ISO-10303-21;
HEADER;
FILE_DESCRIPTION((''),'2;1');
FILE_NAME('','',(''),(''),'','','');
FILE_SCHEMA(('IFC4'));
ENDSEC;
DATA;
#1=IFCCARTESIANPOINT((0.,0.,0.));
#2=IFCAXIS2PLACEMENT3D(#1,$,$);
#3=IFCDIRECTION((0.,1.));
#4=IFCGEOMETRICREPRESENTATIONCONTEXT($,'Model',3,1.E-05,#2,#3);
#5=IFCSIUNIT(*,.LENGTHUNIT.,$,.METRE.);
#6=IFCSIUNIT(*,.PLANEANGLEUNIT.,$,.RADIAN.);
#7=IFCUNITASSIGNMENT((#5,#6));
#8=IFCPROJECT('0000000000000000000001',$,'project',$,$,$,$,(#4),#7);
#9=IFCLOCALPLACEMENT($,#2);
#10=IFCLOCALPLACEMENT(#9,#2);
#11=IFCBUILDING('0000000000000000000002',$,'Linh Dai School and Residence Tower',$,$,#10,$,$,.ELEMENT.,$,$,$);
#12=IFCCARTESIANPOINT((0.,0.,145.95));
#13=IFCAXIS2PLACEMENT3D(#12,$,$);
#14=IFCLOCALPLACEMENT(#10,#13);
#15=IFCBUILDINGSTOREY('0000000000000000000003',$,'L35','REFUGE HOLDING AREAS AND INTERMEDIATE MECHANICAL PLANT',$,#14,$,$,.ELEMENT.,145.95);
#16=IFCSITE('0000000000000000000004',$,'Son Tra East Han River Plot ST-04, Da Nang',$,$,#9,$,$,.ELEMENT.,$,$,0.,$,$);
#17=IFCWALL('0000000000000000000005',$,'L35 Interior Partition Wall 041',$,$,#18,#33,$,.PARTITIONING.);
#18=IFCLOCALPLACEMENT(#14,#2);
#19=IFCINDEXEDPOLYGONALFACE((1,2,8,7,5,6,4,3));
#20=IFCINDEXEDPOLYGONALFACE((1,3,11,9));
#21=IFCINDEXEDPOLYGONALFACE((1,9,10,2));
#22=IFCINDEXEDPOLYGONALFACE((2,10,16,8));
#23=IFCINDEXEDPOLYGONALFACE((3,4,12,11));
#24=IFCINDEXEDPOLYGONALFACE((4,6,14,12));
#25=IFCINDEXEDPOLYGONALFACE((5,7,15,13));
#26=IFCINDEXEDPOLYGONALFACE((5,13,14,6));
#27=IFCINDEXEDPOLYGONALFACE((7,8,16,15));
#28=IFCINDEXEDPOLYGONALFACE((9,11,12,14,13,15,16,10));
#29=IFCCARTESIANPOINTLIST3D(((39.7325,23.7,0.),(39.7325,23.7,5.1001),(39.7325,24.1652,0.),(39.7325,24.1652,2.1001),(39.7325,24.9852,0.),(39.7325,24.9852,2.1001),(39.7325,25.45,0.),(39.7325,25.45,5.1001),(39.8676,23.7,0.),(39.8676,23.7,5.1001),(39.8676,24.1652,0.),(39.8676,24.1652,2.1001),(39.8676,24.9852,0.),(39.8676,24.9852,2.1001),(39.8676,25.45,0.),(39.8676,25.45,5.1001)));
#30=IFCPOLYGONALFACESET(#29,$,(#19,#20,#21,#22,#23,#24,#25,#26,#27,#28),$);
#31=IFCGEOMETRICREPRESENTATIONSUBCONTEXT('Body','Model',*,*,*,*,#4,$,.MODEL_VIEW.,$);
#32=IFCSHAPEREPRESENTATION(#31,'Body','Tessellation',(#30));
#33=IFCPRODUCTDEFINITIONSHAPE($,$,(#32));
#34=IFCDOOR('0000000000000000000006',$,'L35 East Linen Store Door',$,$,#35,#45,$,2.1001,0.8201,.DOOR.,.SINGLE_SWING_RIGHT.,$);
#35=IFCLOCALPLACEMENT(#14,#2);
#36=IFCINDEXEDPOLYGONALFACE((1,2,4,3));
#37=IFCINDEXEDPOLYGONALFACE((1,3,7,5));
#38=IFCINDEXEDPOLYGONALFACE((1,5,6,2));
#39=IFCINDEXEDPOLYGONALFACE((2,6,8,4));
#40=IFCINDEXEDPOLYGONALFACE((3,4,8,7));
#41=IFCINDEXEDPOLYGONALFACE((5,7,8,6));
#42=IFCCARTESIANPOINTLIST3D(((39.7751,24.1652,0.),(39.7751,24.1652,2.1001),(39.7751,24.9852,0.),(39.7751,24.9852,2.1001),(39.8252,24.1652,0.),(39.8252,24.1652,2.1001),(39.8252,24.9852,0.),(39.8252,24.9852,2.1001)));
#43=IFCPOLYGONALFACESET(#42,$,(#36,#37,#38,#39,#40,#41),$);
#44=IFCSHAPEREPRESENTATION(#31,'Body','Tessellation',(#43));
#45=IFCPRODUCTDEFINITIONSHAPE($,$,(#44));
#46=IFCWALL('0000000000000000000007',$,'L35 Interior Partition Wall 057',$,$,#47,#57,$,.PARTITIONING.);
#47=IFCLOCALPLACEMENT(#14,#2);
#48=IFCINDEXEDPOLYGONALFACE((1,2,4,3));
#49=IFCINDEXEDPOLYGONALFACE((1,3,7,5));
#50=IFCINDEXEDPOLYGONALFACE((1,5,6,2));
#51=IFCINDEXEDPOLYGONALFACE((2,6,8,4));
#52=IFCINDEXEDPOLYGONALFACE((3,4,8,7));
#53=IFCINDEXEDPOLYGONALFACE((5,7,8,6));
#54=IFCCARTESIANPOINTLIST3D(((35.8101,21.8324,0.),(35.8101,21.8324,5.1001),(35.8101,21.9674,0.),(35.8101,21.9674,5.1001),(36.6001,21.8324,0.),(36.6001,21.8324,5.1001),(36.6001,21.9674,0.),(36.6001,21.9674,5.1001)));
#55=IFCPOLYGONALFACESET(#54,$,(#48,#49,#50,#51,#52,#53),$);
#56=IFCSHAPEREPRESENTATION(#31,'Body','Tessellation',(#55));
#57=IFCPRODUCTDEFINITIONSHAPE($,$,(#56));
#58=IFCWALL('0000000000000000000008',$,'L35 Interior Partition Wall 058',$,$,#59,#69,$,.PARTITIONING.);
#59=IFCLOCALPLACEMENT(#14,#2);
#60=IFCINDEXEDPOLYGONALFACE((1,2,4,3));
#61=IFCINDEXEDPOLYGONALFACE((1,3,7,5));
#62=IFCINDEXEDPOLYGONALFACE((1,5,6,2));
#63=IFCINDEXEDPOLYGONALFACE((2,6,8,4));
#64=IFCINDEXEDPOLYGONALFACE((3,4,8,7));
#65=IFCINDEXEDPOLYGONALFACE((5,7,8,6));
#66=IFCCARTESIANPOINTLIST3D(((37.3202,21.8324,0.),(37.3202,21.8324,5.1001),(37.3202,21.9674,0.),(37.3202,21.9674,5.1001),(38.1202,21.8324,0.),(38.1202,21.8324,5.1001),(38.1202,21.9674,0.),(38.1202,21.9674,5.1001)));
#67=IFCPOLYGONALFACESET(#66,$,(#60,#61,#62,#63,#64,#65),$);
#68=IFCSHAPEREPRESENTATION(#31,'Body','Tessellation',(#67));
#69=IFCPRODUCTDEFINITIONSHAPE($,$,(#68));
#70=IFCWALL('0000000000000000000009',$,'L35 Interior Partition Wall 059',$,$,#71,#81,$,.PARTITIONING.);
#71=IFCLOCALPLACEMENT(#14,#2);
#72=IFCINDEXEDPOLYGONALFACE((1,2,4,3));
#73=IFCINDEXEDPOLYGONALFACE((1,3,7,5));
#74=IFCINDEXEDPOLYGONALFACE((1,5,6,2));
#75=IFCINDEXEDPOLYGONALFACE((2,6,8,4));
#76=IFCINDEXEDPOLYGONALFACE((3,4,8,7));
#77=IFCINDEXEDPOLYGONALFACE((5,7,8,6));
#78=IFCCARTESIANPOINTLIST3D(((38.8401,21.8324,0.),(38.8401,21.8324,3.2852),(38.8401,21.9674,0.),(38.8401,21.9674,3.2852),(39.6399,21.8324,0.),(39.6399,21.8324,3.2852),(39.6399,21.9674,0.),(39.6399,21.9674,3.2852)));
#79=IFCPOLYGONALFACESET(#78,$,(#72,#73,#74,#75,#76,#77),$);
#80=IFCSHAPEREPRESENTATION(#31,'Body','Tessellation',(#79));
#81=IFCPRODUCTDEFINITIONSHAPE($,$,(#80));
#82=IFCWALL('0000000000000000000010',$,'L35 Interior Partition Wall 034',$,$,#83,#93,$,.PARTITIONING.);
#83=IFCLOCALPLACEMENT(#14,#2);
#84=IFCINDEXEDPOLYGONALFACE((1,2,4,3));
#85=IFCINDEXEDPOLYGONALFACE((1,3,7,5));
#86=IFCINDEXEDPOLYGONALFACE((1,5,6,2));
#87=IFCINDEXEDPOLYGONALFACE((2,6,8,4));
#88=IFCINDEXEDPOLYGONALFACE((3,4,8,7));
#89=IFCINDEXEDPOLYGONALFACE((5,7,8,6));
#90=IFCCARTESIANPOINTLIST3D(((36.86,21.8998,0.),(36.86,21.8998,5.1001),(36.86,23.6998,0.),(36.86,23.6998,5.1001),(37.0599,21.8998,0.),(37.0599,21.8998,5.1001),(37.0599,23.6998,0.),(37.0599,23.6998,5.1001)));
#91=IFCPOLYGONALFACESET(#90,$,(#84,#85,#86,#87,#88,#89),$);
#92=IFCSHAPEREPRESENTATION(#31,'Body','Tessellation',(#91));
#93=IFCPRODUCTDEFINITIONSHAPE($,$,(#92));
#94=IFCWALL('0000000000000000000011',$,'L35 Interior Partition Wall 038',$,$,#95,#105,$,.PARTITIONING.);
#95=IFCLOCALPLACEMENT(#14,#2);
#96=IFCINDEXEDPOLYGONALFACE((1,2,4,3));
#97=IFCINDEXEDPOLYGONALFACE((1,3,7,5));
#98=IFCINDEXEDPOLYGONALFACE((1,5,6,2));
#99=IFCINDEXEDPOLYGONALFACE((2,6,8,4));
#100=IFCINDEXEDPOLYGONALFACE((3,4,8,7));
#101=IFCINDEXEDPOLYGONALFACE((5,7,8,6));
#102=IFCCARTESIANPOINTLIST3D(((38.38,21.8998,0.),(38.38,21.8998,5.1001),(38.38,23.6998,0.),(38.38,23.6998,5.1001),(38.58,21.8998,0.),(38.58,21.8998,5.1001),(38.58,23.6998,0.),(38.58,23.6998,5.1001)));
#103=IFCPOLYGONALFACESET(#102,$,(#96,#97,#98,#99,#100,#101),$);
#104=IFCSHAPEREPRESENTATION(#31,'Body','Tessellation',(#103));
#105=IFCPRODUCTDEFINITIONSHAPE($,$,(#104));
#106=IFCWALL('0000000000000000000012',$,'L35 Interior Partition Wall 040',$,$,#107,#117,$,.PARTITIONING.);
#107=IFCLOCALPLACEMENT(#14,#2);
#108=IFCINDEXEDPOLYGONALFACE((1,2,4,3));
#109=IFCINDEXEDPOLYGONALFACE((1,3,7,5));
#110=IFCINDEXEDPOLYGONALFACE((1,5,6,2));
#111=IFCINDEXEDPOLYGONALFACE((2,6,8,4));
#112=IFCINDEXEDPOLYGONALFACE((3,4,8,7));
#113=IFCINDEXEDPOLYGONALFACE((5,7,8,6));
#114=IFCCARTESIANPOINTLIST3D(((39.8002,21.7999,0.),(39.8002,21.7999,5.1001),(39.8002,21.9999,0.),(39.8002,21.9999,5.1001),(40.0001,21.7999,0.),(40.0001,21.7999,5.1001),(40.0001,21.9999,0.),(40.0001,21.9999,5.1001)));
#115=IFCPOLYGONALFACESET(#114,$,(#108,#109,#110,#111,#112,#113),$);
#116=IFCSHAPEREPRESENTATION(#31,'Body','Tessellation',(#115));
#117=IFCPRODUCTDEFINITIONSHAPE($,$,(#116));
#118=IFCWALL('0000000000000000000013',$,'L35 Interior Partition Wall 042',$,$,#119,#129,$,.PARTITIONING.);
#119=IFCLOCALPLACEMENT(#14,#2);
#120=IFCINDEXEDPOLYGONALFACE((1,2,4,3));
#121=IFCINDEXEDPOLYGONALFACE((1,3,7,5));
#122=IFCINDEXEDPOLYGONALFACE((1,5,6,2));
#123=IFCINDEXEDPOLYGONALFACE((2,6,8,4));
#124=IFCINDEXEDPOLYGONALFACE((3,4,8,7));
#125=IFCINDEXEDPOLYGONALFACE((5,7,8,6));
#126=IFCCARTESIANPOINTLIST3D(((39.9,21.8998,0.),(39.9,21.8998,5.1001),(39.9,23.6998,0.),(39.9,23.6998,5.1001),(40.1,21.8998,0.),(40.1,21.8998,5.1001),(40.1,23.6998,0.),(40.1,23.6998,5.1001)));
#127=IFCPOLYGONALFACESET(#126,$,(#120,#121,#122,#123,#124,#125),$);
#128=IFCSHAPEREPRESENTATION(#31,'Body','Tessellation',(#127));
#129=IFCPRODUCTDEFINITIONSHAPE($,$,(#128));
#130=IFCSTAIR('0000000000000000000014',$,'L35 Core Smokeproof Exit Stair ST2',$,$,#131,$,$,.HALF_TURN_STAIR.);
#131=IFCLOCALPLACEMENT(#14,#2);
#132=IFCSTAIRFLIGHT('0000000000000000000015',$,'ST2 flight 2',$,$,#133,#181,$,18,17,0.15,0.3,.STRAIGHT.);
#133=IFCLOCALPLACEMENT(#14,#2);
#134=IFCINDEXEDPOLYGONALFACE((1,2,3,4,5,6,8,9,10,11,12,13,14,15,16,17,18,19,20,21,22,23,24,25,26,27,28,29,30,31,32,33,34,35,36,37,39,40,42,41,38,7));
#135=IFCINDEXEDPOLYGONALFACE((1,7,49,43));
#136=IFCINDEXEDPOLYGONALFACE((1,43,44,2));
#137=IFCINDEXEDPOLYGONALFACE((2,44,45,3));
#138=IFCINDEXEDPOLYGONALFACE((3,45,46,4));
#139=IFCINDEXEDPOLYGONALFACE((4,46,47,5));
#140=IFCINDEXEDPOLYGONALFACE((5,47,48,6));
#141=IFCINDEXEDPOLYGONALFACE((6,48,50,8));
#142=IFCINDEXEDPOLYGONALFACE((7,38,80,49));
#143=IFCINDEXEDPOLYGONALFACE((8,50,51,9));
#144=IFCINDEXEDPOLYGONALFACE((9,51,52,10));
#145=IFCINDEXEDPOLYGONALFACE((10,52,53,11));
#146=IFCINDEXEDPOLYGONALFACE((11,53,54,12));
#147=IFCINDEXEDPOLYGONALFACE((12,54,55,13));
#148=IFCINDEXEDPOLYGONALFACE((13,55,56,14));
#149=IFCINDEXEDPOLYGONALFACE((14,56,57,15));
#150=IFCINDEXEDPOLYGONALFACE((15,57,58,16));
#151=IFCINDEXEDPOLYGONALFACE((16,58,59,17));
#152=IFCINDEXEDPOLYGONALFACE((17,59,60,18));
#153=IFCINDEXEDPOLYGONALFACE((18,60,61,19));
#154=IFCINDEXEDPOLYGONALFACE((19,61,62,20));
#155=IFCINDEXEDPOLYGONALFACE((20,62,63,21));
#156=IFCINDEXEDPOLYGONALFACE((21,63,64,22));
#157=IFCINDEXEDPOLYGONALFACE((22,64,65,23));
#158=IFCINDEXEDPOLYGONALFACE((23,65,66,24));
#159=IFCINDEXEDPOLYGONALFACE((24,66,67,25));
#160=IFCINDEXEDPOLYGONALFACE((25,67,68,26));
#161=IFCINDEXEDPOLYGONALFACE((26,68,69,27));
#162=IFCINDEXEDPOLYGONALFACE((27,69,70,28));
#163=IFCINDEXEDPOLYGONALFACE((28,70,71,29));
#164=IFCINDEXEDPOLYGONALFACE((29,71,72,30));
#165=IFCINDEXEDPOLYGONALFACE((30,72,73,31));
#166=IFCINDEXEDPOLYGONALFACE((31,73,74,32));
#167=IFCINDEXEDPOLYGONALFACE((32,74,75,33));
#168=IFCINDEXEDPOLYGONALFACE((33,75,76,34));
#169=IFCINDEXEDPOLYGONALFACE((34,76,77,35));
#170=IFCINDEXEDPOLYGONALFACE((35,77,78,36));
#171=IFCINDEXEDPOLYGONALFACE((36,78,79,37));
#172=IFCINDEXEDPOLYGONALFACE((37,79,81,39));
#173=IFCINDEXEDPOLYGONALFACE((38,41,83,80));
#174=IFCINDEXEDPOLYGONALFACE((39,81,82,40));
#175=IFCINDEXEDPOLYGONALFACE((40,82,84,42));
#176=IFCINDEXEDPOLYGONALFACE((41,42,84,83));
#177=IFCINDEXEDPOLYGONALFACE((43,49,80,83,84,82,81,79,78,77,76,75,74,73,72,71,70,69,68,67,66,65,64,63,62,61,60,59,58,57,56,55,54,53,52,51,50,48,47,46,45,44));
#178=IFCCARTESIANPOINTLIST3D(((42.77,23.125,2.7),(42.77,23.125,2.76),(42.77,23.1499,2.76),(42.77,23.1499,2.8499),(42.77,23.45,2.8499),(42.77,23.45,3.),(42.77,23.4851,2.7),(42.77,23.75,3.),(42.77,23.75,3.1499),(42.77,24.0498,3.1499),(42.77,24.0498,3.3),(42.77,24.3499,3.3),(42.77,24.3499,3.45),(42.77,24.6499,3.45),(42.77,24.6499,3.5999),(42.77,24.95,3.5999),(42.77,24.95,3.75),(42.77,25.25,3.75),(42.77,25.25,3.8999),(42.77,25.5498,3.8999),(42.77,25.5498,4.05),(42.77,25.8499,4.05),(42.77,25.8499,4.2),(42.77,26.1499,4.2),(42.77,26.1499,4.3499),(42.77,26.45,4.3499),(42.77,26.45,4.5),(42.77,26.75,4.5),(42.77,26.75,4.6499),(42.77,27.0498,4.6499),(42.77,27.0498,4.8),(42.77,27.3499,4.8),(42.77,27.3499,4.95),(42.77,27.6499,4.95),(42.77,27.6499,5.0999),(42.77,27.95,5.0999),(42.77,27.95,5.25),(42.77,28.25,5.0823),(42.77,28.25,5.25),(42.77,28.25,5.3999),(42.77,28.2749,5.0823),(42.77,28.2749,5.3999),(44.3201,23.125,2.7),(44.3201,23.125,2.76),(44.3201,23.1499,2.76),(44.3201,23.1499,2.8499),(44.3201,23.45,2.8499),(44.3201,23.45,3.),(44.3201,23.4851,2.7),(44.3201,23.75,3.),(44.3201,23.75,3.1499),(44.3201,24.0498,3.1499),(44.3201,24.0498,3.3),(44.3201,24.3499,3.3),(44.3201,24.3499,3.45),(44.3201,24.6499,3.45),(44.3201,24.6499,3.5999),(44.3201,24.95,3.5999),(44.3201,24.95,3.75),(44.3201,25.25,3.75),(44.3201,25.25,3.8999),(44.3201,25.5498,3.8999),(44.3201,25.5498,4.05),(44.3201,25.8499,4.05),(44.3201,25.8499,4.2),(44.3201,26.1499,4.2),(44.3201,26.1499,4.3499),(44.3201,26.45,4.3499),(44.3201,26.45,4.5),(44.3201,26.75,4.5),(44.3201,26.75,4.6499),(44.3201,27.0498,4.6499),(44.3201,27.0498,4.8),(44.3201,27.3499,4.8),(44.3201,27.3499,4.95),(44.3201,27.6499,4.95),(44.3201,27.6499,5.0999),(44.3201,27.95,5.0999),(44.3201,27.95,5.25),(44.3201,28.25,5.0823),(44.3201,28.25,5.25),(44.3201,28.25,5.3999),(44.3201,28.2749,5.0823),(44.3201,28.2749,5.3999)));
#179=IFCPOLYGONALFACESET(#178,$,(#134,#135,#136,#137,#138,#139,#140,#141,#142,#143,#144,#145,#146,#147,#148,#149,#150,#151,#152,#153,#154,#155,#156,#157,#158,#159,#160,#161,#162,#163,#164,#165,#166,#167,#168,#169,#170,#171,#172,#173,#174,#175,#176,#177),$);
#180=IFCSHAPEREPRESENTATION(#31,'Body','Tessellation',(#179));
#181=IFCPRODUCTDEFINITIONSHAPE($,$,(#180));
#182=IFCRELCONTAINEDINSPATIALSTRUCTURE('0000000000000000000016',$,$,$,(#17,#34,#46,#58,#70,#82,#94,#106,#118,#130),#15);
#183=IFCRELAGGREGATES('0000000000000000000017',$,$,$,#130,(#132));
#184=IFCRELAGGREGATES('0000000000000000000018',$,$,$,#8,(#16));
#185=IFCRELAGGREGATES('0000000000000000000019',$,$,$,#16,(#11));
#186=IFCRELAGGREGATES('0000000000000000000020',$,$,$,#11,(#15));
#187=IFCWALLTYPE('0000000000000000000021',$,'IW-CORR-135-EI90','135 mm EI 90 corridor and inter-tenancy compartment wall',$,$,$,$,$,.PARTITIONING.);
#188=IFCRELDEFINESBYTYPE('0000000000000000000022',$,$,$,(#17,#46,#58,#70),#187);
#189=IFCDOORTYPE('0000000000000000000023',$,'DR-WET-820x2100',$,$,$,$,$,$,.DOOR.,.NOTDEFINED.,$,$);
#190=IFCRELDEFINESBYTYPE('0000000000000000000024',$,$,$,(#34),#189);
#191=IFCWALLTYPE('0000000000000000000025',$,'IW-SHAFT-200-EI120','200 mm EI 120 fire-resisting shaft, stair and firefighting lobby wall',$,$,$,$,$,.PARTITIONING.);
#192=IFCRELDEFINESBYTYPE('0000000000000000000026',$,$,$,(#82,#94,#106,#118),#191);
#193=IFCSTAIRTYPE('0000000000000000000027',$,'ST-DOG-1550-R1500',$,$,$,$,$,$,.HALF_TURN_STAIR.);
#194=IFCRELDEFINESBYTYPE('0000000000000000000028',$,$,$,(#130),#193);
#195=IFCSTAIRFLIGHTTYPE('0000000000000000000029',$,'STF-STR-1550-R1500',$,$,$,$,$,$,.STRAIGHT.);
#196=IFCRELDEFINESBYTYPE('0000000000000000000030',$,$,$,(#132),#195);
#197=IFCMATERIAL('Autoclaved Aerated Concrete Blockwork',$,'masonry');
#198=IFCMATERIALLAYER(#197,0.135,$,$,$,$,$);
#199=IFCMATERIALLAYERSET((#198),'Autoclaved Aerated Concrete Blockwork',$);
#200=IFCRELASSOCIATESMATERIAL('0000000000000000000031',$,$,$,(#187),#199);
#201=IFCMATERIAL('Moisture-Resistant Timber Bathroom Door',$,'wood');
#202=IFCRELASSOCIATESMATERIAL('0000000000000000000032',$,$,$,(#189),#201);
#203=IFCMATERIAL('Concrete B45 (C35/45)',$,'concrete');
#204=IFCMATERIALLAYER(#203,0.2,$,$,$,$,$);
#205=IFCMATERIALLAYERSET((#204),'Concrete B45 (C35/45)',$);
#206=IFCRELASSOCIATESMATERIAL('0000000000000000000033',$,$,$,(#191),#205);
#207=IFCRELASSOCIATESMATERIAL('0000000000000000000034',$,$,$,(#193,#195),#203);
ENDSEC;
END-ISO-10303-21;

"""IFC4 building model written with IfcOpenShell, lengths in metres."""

from ifc_helpers import new_model, si_unit, direction, frame, frame_2d, origin, origin_2d, place, context, subcontext, project, spatial, polyline, rectangle, outline, extrude, source, transform, mapped, material, layer, layer_set, type_object, element, fill, aggregate, save


model = new_model("IFC4")

# Units and contexts
model_context = context("Model", 3, precision=1e-05, world=origin(), true_north=direction((0.0, 1.0)))
body_context = subcontext(model_context, "Body", "Model", "MODEL_VIEW")
ifc_project = project(units=[si_unit("LENGTHUNIT", "METRE"), si_unit("PLANEANGLEUNIT", "RADIAN")], contexts=[model_context])

# Site, building, storey
site_placement = place(None, origin())
site = spatial("IfcSite", under=ifc_project, at=site_placement, Name="Son Tra East Han River Plot ST-04, Da Nang", CompositionType="ELEMENT", RefElevation=0.0)
building_placement = place(site_placement, origin())
building = spatial("IfcBuilding", under=site, at=building_placement, Name="Linh Dai School and Residence Tower", CompositionType="ELEMENT")
storey_placement = place(building_placement, frame((0.0, 0.0, 145.95)))
storey = spatial("IfcBuildingStorey", under=building, at=storey_placement, Name="L35", Description="REFUGE HOLDING AREAS AND INTERMEDIATE MECHANICAL PLANT", CompositionType="ELEMENT", Elevation=145.95)

# Wall, opening, door
ifc_material_1 = material(Name="Autoclaved Aerated Concrete Blockwork", Category="masonry")
ifc_layer_1 = layer(ifc_material_1, 0.135)
ifc_layer_set_1 = layer_set([ifc_layer_1], Name="Autoclaved Aerated Concrete Blockwork")
wall_type_1 = type_object("IfcWallType", Name="IW-CORR-135-EI90", Description="135 mm EI 90 corridor and inter-tenancy compartment wall", PredefinedType="PARTITIONING", material=ifc_layer_set_1)
wall_1_placement = place(storey_placement, frame((39.8, 23.7, 0.0), z_axis=(0.0, 0.0, 1.0), x_axis=(0.0, 1.0, 0.0)))
wall_1 = element("IfcWall", 1, at=wall_1_placement, inside=storey, type_object=wall_type_1, Name="L35 Interior Partition Wall 041", PredefinedType="PARTITIONING", context=body_context, shape_type="SweptSolid", body=[
    extrude(rectangle(XDim=1.75, YDim=0.135, at=frame_2d((0.875, 0.0))), origin(), (0.0, 0.0, 1.0), 5.1001),
])
opening_placement = place(wall_1_placement, frame((0.4651, 0.0, 0.0)))
opening = element("IfcOpeningElement", 2, at=opening_placement, cuts=wall_1, PredefinedType="OPENING", context=body_context, shape_type="SweptSolid", body=[
    extrude(rectangle(XDim=0.8201, YDim=2.1001, at=origin_2d()), frame((0.4102, 0.0776, 1.05), z_axis=(0.0, -1.0, 0.0), x_axis=(1.0, 0.0, 0.0)), (0.0, 0.0, 1.0), 0.155),
])
ifc_material_2 = material(Name="Moisture-Resistant Timber Bathroom Door", Category="wood")
door_type = type_object("IfcDoorType", Name="DR-WET-820x2100", OperationType="NOTDEFINED", PredefinedType="DOOR", material=ifc_material_2)
shared_shape_1 = source(origin(), body_context, "Body", "SweptSolid", [
    extrude(rectangle(XDim=0.8201, YDim=2.1001, at=origin_2d()), frame((0.4102, 0.0249, 1.05), z_axis=(0.0, -1.0, 0.0), x_axis=(1.0, 0.0, 0.0)), (0.0, 0.0, 1.0), 0.05),
])
door_placement = place(opening_placement, origin())
door = element("IfcDoor", 3, at=door_placement, inside=storey, type_object=door_type, Name="L35 East Linen Store Door", OperationType="SINGLE_SWING_RIGHT", OverallHeight=2.1001, OverallWidth=0.8201, PredefinedType="DOOR", context=body_context, shape_type="MappedRepresentation", body=[
    mapped(shared_shape_1, transform((0.0, 0.0, 0.0), x_axis=(1.0, 0.0, 0.0), y_axis=(0.0, 1.0, 0.0), z_axis=(0.0, 0.0, 1.0), scale=1.0)),
])
fill(opening, door)

# Walls
wall_2_placement = place(storey_placement, frame((36.6001, 21.8999, 0.0), z_axis=(0.0, 0.0, 1.0), x_axis=(-1.0, 0.0, 0.0)))
element("IfcWall", 4, at=wall_2_placement, inside=storey, type_object=wall_type_1, Name="L35 Interior Partition Wall 057", PredefinedType="PARTITIONING", context=body_context, shape_type="SweptSolid", body=[
    extrude(rectangle(XDim=0.79, YDim=0.135, at=frame_2d((0.395, 0.0))), origin(), (0.0, 0.0, 1.0), 5.1001),
])
wall_3_placement = place(storey_placement, frame((38.1201, 21.8999, 0.0), z_axis=(0.0, 0.0, 1.0), x_axis=(-1.0, 0.0, 0.0)))
element("IfcWall", 5, at=wall_3_placement, inside=storey, type_object=wall_type_1, Name="L35 Interior Partition Wall 058", PredefinedType="PARTITIONING", context=body_context, shape_type="SweptSolid", body=[
    extrude(rectangle(XDim=0.8, YDim=0.135, at=frame_2d((0.3999, 0.0))), origin(), (0.0, 0.0, 1.0), 5.1001),
])
wall_4_placement = place(storey_placement, frame((39.6399, 21.8999, 0.0), z_axis=(0.0, 0.0, 1.0), x_axis=(-1.0, 0.0, 0.0)))
element("IfcWall", 6, at=wall_4_placement, inside=storey, type_object=wall_type_1, Name="L35 Interior Partition Wall 059", PredefinedType="PARTITIONING", context=body_context, shape_type="SweptSolid", body=[
    extrude(rectangle(XDim=0.7998, YDim=0.135, at=frame_2d((0.3999, 0.0))), origin(), (0.0, 0.0, 1.0), 3.2852),
])
ifc_material_3 = material(Name="Concrete B45 (C35/45)", Category="concrete")
ifc_layer_2 = layer(ifc_material_3, 0.2)
ifc_layer_set_2 = layer_set([ifc_layer_2], Name="Concrete B45 (C35/45)")
wall_type_2 = type_object("IfcWallType", Name="IW-SHAFT-200-EI120", Description="200 mm EI 120 fire-resisting shaft, stair and firefighting lobby wall", PredefinedType="PARTITIONING", material=ifc_layer_set_2)
for number, where, z_axis, x_axis, name in (
    (7, (36.96, 21.8999, 0.0), (0.0, 0.0, 1.0), (0.0, 1.0, 0.0), "L35 Interior Partition Wall 034"),
    (8, (38.48, 21.8999, 0.0), (0.0, 0.0, 1.0), (0.0, 1.0, 0.0), "L35 Interior Partition Wall 038"),
):
    element("IfcWall", number, at=place(storey_placement, frame(where, z_axis=z_axis, x_axis=x_axis)), inside=storey, type_object=wall_type_2, Name=name, PredefinedType="PARTITIONING", context=body_context, shape_type="SweptSolid", body=[
        extrude(rectangle(XDim=1.8, YDim=0.2, at=frame_2d((0.8999, 0.0))), origin(), (0.0, 0.0, 1.0), 5.1001),
    ])
wall_5_placement = place(storey_placement, frame((39.8, 21.8999, 0.0), z_axis=(0.0, 0.0, 1.0), x_axis=(1.0, 0.0, 0.0)))
element("IfcWall", 9, at=wall_5_placement, inside=storey, type_object=wall_type_2, Name="L35 Interior Partition Wall 040", PredefinedType="PARTITIONING", context=body_context, shape_type="SweptSolid", body=[
    extrude(rectangle(XDim=0.2, YDim=0.2, at=frame_2d((0.1001, 0.0))), origin(), (0.0, 0.0, 1.0), 5.1001),
])
wall_6_placement = place(storey_placement, frame((40.0, 21.8999, 0.0), z_axis=(0.0, 0.0, 1.0), x_axis=(0.0, 1.0, 0.0)))
element("IfcWall", 10, at=wall_6_placement, inside=storey, type_object=wall_type_2, Name="L35 Interior Partition Wall 042", PredefinedType="PARTITIONING", context=body_context, shape_type="SweptSolid", body=[
    extrude(rectangle(XDim=1.8, YDim=0.2, at=frame_2d((0.8999, 0.0))), origin(), (0.0, 0.0, 1.0), 5.1001),
])

# Stair, stair flight
stair_type = type_object("IfcStairType", Name="ST-DOG-1550-R1500", PredefinedType="HALF_TURN_STAIR", material=ifc_material_3)
stair_placement = place(storey_placement, origin())
stair = element("IfcStair", 11, at=stair_placement, inside=storey, type_object=stair_type, Name="L35 Core Smokeproof Exit Stair ST2", PredefinedType="HALF_TURN_STAIR")
stair_flight_type = type_object("IfcStairFlightType", Name="STF-STR-1550-R1500", PredefinedType="STRAIGHT", material=ifc_material_3)
shared_shape_2 = source(origin(), body_context, "Body", "SweptSolid", [
    extrude(outline(polyline([(-0.0249, 0.0), (-0.0249, 0.0601), (0.0, 0.0601), (0.0, 0.1499), (0.3, 0.1499), (0.3, 0.3), (0.6001, 0.3), (0.6001, 0.45), (0.8999, 0.45), (0.8999, 0.6001), (1.2, 0.6001), (1.2, 0.75), (1.5, 0.75), (1.5, 0.8999), (1.8, 0.8999), (1.8, 1.05), (2.1001, 1.05), (2.1001, 1.2), (2.3999, 1.2), (2.3999, 1.3501), (2.7, 1.3501), (2.7, 1.5), (3.0, 1.5), (3.0, 1.6499), (3.3, 1.6499), (3.3, 1.8), (3.6001, 1.8), (3.6001, 1.95), (3.8999, 1.95), (3.8999, 2.1001), (4.2, 2.1001), (4.2, 2.25), (4.5, 2.25), (4.5, 2.3999), (4.8, 2.3999), (4.8, 2.55), (5.1001, 2.55), (5.1001, 2.7), (5.125, 2.7), (5.125, 2.3823), (5.1001, 2.3823), (0.3352, 0.0), (-0.0249, 0.0)])), frame((0.0, 0.7749, 0.0), z_axis=(0.0, -1.0, 0.0), x_axis=(1.0, 0.0, 0.0)), (0.0, 0.0, 1.0), 1.55),
])
stair_flight_placement = place(storey_placement, frame((43.5449, 23.1499, 2.7), z_axis=(0.0, 0.0, 1.0), x_axis=(0.0, 1.0, 0.0)))
stair_flight = element("IfcStairFlight", 12, at=stair_flight_placement, type_object=stair_flight_type, Name="ST2 flight 2", NumberOfRisers=18, NumberOfTreads=17, PredefinedType="STRAIGHT", RiserHeight=0.15, TreadLength=0.3, context=body_context, shape_type="MappedRepresentation", body=[
    mapped(shared_shape_2, transform((0.0, 0.0, 0.0), x_axis=(1.0, 0.0, 0.0), y_axis=(0.0, 1.0, 0.0), z_axis=(0.0, 0.0, 1.0), scale=1.0)),
])
aggregate(stair, [stair_flight])

save(model, "model.ifc")
